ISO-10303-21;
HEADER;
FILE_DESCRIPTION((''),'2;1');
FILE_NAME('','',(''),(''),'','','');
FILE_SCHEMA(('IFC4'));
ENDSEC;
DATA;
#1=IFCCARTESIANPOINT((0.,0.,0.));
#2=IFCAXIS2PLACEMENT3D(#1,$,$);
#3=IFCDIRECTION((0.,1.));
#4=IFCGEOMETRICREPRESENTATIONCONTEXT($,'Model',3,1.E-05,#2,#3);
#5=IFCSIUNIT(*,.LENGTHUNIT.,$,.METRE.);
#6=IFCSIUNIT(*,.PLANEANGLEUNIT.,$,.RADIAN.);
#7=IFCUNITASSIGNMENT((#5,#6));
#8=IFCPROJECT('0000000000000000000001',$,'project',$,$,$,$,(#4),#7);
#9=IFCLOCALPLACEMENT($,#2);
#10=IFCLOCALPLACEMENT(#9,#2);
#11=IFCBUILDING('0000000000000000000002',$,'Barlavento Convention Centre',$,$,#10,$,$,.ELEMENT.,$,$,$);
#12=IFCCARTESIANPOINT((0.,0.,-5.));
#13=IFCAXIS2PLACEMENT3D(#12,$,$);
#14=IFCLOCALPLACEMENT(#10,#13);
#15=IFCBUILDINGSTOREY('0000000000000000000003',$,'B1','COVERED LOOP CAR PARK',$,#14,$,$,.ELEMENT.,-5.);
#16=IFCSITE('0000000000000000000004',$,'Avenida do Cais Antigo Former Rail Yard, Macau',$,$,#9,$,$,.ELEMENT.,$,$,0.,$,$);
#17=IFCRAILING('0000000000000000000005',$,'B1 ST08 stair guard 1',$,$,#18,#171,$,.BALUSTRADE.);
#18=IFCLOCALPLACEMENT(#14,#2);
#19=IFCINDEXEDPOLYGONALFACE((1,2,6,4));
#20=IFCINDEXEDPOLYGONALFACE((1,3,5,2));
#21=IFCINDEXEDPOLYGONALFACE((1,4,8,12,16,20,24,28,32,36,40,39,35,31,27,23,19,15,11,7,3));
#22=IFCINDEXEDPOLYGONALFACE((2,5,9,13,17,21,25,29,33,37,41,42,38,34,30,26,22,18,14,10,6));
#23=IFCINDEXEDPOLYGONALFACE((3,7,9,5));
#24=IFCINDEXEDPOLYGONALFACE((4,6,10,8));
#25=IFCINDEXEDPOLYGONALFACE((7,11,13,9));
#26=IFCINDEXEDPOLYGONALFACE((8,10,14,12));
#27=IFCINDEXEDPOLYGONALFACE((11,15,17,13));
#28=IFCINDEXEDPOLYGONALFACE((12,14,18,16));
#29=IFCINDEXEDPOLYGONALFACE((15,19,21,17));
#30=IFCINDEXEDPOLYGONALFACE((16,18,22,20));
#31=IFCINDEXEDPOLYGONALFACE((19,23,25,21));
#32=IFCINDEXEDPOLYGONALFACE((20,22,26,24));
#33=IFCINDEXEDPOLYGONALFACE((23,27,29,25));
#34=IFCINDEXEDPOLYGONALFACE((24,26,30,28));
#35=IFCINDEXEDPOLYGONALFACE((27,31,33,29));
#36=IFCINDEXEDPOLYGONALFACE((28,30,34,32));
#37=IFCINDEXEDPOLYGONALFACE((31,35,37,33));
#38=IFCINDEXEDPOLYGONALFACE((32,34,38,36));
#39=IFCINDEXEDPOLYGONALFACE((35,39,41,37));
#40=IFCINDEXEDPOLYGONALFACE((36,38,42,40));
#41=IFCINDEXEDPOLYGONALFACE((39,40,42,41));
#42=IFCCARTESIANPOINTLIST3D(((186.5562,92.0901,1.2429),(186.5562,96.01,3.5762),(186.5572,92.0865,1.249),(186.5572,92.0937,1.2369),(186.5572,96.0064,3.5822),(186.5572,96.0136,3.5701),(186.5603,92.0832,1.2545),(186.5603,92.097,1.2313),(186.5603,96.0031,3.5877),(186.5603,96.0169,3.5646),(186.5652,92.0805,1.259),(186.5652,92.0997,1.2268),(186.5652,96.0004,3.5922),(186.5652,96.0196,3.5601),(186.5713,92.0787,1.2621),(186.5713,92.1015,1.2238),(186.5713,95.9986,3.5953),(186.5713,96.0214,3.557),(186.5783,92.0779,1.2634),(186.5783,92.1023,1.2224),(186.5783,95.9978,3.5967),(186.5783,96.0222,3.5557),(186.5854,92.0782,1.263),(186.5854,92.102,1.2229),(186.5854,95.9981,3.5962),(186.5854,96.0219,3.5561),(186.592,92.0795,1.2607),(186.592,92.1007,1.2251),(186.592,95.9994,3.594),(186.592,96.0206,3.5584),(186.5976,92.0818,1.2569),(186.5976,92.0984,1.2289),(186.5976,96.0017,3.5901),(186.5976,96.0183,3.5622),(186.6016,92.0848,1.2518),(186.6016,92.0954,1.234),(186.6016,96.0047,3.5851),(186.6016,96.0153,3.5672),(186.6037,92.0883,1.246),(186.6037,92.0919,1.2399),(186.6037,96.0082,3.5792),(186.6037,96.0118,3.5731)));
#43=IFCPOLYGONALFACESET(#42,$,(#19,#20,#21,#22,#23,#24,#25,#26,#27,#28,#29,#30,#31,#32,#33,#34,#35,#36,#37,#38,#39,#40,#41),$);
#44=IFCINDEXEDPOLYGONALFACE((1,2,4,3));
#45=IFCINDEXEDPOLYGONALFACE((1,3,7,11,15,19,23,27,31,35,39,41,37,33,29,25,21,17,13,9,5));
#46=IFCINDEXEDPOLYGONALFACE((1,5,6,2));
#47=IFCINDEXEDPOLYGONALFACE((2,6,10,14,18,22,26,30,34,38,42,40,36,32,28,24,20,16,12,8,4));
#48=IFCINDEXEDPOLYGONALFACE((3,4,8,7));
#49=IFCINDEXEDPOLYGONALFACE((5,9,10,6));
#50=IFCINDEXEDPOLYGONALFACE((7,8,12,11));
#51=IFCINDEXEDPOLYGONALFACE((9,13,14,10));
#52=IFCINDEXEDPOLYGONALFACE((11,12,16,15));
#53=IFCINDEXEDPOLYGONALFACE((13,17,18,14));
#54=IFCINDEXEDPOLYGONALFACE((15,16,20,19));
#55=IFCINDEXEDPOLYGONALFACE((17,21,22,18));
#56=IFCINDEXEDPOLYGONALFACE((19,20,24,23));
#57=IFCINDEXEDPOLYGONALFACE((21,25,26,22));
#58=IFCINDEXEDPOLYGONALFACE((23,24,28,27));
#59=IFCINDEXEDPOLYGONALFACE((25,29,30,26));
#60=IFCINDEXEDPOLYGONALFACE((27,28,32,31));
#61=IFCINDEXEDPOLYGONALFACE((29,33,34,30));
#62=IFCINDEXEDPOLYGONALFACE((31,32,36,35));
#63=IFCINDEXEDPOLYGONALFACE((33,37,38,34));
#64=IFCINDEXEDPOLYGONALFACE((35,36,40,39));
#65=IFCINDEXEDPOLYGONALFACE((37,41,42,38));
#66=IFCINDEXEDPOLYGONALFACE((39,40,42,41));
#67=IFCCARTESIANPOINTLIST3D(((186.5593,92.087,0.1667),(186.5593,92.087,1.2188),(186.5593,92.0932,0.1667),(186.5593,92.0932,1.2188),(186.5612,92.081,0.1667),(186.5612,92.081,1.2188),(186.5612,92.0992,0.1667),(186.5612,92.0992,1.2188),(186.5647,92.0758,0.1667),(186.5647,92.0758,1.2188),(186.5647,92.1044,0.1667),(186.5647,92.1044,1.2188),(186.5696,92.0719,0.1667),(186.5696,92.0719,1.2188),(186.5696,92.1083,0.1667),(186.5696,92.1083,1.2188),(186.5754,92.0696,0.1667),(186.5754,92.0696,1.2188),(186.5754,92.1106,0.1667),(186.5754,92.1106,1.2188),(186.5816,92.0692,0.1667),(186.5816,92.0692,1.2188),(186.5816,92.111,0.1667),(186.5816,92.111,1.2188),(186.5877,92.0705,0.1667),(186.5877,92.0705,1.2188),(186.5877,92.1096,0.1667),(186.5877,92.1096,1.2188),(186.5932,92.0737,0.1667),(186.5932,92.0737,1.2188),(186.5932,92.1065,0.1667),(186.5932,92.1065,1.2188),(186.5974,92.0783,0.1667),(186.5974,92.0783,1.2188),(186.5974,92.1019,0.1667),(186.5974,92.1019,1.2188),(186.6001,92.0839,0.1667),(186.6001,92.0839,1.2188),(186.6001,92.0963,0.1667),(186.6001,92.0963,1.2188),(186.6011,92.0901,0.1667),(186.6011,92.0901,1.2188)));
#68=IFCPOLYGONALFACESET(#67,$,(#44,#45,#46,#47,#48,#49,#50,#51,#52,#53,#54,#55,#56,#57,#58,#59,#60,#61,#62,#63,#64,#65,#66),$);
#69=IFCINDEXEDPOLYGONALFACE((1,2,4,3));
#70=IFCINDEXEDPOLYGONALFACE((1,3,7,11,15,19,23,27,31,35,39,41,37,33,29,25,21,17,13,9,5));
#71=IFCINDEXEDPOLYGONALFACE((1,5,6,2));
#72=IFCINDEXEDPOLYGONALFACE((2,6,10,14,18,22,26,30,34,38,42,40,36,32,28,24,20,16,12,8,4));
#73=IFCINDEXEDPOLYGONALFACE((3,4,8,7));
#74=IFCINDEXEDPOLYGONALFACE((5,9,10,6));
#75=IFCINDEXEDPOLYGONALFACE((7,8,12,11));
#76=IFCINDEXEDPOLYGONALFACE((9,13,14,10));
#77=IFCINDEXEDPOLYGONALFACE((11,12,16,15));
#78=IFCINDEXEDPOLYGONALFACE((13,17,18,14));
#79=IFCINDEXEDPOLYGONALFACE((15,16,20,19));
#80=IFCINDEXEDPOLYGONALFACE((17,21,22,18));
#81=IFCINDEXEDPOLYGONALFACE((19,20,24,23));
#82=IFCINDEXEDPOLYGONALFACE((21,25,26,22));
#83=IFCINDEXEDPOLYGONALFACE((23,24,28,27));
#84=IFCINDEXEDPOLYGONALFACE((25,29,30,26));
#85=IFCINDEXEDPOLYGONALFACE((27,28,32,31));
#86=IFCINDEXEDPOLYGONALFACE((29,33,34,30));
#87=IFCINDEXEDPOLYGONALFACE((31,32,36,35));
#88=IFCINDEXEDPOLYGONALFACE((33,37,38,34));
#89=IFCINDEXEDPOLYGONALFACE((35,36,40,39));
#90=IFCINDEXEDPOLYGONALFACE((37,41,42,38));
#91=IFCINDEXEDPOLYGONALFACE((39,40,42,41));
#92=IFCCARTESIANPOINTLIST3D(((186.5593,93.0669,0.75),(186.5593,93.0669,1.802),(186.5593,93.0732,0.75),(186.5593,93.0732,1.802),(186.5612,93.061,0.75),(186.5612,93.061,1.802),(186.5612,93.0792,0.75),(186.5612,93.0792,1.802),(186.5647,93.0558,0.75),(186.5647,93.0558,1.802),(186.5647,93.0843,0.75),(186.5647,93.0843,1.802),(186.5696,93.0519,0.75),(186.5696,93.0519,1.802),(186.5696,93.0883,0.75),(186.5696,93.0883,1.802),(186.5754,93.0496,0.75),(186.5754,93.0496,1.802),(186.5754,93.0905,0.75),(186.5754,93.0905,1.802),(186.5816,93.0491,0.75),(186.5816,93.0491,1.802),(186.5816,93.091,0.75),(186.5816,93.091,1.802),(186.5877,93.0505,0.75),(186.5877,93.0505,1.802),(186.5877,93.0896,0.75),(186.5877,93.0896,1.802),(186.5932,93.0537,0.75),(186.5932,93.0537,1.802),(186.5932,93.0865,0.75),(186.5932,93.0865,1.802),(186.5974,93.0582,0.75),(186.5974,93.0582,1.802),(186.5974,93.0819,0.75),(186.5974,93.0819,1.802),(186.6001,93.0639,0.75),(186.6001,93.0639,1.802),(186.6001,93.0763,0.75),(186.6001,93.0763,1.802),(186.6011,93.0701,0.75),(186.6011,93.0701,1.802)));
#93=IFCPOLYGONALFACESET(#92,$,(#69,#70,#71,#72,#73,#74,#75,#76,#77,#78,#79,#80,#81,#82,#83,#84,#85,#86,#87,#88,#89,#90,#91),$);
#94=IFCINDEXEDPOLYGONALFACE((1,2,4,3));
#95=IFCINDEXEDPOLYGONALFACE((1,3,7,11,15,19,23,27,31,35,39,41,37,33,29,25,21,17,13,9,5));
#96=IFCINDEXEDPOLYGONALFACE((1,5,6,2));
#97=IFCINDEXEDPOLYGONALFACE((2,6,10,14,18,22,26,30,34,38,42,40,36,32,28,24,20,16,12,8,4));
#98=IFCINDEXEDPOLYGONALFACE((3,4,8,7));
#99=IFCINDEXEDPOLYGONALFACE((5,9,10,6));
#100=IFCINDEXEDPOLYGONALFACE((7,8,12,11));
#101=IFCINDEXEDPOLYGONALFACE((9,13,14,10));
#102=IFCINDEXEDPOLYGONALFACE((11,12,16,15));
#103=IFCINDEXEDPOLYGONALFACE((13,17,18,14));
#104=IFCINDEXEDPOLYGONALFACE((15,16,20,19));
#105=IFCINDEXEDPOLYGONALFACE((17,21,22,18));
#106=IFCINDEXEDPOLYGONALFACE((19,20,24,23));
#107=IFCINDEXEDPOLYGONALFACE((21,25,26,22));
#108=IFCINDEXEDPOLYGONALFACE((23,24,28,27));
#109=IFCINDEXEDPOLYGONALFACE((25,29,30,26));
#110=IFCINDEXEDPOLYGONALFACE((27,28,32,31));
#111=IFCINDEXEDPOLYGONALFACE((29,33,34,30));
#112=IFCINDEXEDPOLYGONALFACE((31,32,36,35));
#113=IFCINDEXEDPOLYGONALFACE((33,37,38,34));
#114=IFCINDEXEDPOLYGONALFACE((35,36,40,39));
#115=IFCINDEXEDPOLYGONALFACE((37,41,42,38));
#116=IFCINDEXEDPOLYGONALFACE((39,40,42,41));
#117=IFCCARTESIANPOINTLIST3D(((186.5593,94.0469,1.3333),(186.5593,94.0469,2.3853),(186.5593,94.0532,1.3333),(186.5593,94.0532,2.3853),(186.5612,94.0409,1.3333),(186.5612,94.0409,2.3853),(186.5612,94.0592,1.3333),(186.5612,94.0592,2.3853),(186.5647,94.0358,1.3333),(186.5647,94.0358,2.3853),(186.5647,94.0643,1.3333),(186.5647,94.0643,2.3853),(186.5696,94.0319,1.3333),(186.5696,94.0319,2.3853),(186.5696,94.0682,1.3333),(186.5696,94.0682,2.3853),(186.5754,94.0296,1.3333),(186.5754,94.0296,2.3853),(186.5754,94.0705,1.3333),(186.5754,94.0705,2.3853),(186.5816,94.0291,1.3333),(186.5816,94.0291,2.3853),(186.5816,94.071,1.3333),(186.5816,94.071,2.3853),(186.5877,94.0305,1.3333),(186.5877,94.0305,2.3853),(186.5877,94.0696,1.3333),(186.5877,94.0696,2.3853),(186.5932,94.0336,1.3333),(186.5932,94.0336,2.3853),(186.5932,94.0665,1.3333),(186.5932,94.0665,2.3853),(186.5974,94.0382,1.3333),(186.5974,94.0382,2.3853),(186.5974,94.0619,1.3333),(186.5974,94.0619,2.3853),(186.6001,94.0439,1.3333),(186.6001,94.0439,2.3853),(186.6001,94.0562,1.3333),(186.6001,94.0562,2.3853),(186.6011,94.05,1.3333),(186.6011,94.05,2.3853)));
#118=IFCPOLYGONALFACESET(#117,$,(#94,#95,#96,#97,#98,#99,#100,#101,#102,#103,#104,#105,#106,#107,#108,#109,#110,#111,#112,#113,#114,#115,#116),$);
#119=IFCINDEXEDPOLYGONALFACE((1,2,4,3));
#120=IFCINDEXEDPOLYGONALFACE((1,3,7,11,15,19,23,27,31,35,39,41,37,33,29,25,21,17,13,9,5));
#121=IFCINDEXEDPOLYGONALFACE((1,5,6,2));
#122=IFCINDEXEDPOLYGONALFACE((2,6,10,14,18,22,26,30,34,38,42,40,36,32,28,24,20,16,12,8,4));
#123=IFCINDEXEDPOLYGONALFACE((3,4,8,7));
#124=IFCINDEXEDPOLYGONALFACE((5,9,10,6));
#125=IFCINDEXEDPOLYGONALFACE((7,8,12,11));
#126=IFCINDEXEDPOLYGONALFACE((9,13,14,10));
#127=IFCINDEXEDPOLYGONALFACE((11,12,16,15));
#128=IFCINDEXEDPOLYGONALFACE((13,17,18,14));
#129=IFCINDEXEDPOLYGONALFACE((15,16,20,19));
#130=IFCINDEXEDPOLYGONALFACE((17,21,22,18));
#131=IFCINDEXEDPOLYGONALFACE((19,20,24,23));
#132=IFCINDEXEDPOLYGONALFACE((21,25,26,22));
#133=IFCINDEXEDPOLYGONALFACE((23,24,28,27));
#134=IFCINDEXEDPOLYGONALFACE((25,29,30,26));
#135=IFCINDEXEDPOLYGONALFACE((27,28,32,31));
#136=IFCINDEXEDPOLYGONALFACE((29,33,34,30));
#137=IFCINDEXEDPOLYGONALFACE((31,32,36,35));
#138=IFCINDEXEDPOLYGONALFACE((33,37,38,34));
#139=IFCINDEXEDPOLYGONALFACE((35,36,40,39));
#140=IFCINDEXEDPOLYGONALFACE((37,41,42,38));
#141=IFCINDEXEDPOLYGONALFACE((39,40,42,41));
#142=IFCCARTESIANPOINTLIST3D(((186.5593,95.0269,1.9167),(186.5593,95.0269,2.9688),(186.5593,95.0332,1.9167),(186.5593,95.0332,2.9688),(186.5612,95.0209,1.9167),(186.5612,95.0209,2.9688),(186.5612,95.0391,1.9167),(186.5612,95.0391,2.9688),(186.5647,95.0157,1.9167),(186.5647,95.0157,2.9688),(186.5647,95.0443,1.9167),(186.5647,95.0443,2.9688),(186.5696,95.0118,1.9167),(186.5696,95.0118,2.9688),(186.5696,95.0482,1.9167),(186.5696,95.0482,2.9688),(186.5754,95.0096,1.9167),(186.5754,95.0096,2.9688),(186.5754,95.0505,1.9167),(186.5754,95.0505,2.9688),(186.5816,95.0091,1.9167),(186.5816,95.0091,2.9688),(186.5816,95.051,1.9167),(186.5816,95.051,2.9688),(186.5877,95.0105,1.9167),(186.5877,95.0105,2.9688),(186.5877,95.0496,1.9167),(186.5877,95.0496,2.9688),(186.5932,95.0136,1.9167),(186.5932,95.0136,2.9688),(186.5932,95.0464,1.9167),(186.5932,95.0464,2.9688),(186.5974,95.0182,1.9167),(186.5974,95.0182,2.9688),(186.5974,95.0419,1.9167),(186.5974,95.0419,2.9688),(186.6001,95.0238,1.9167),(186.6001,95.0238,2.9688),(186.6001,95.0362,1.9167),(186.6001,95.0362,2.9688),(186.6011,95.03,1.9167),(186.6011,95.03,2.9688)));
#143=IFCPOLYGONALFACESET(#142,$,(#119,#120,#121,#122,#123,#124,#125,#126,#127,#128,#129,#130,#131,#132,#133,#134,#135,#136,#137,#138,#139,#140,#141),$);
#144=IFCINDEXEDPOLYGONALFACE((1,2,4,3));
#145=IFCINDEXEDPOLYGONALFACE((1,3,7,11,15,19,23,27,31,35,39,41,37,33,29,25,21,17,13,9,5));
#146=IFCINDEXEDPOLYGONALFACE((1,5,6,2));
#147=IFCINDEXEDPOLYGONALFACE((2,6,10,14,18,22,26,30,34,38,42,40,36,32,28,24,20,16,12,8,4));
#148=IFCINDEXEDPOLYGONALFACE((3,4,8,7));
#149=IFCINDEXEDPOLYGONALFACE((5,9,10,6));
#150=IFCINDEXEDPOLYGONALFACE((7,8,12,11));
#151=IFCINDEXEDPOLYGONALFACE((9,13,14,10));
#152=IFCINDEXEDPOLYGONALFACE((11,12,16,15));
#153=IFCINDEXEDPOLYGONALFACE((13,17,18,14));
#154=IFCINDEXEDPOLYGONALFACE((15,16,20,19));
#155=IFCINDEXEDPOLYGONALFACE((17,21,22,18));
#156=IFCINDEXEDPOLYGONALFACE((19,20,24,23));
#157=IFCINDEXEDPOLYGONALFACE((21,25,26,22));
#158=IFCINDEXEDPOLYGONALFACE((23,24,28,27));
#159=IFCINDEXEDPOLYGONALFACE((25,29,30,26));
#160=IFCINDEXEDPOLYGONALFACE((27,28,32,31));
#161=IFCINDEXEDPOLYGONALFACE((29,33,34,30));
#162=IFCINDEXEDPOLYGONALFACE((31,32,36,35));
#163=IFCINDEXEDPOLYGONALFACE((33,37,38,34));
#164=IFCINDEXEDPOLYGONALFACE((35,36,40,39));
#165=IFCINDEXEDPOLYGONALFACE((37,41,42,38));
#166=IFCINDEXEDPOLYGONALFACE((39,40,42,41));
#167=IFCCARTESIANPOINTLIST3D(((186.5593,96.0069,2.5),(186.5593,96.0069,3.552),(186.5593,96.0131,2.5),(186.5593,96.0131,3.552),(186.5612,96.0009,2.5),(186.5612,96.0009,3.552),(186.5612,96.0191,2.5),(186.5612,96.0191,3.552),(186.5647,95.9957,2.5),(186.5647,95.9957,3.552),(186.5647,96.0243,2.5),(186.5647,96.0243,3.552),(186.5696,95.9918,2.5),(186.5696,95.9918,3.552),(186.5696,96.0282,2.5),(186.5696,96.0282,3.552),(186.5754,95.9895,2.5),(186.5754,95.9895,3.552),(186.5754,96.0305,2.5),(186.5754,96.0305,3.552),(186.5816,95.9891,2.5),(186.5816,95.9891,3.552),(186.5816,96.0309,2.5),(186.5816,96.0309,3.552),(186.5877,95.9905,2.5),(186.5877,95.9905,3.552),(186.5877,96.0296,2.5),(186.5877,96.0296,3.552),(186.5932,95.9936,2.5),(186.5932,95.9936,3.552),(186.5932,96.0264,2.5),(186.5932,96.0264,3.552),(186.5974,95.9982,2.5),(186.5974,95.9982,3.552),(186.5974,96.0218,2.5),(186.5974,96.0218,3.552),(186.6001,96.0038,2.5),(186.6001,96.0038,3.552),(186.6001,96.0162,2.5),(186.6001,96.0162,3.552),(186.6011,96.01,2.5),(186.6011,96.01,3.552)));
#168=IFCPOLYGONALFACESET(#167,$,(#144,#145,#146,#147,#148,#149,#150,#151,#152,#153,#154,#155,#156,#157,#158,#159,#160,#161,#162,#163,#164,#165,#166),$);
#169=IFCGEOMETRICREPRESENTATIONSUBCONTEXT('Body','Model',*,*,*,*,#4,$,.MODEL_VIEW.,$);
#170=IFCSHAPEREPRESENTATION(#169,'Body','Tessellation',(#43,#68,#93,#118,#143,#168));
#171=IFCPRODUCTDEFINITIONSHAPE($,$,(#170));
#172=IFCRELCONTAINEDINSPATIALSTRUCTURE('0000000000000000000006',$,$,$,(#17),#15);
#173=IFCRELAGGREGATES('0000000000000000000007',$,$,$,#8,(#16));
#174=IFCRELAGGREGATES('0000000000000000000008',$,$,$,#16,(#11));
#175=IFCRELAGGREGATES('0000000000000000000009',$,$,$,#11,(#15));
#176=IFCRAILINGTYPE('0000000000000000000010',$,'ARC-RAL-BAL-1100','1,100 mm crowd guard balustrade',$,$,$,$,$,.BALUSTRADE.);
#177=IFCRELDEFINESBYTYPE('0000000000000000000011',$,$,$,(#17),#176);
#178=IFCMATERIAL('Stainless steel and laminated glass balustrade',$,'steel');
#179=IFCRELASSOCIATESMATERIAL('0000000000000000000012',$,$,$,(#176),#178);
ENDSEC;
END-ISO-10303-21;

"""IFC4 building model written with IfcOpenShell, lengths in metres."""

from ifc_helpers import new_model, si_unit, direction, frame, origin, origin_2d, place, context, subcontext, project, spatial, circle, extrude, material, type_object, element, save


model = new_model("IFC4")

# Units and contexts
model_context = context("Model", 3, precision=1e-05, world=origin(), true_north=direction((0.0, 1.0)))
body_context = subcontext(model_context, "Body", "Model", "MODEL_VIEW")
ifc_project = project(units=[si_unit("LENGTHUNIT", "METRE"), si_unit("PLANEANGLEUNIT", "RADIAN")], contexts=[model_context])

# Site, building, storey
site_placement = place(None, origin())
site = spatial("IfcSite", under=ifc_project, at=site_placement, Name="Avenida do Cais Antigo Former Rail Yard, Macau", CompositionType="ELEMENT", RefElevation=0.0)
building_placement = place(site_placement, origin())
building = spatial("IfcBuilding", under=site, at=building_placement, Name="Barlavento Convention Centre", CompositionType="ELEMENT")
storey_placement = place(building_placement, frame((0.0, 0.0, -5.0)))
storey = spatial("IfcBuildingStorey", under=building, at=storey_placement, Name="B1", Description="COVERED LOOP CAR PARK", CompositionType="ELEMENT", Elevation=-5.0)

# Railing
ifc_material_1 = material(Name="Stainless steel and laminated glass balustrade", Category="steel")
railing_type_1 = type_object("IfcRailingType", Name="ARC-RAL-BAL-1100", Description="1,100 mm crowd guard balustrade", PredefinedType="BALUSTRADE", material=ifc_material_1)
railing_1_placement = place(storey_placement, frame((186.5801, 92.0901, 0.1667)))
element("IfcRailing", 1, at=railing_1_placement, inside=storey, type_object=railing_type_1, Name="B1 ST08 stair guard 1", PredefinedType="BALUSTRADE", context=body_context, shape_type="SweptSolid", body=[
    extrude(circle(Radius=0.0239, at=origin_2d()), frame((0.0, 0.0, 1.0762), z_axis=(0.0, 0.859296, 0.511478), x_axis=(-1.0, 0.0, 0.0)), (0.0, 0.0, 1.0), 4.5618),
    extrude(circle(Radius=0.021, at=origin_2d()), origin(), (0.0, 0.0, 1.0), 1.052),
    extrude(circle(Radius=0.021, at=origin_2d()), frame((0.0, 0.98, 0.5833)), (0.0, 0.0, 1.0), 1.052),
    extrude(circle(Radius=0.021, at=origin_2d()), frame((0.0, 1.96, 1.1665)), (0.0, 0.0, 1.0), 1.052),
    extrude(circle(Radius=0.021, at=origin_2d()), frame((0.0, 2.9399, 1.75)), (0.0, 0.0, 1.0), 1.052),
    extrude(circle(Radius=0.021, at=origin_2d()), frame((0.0, 3.9199, 2.3333)), (0.0, 0.0, 1.0), 1.052),
])

save(model, "model.ifc")
